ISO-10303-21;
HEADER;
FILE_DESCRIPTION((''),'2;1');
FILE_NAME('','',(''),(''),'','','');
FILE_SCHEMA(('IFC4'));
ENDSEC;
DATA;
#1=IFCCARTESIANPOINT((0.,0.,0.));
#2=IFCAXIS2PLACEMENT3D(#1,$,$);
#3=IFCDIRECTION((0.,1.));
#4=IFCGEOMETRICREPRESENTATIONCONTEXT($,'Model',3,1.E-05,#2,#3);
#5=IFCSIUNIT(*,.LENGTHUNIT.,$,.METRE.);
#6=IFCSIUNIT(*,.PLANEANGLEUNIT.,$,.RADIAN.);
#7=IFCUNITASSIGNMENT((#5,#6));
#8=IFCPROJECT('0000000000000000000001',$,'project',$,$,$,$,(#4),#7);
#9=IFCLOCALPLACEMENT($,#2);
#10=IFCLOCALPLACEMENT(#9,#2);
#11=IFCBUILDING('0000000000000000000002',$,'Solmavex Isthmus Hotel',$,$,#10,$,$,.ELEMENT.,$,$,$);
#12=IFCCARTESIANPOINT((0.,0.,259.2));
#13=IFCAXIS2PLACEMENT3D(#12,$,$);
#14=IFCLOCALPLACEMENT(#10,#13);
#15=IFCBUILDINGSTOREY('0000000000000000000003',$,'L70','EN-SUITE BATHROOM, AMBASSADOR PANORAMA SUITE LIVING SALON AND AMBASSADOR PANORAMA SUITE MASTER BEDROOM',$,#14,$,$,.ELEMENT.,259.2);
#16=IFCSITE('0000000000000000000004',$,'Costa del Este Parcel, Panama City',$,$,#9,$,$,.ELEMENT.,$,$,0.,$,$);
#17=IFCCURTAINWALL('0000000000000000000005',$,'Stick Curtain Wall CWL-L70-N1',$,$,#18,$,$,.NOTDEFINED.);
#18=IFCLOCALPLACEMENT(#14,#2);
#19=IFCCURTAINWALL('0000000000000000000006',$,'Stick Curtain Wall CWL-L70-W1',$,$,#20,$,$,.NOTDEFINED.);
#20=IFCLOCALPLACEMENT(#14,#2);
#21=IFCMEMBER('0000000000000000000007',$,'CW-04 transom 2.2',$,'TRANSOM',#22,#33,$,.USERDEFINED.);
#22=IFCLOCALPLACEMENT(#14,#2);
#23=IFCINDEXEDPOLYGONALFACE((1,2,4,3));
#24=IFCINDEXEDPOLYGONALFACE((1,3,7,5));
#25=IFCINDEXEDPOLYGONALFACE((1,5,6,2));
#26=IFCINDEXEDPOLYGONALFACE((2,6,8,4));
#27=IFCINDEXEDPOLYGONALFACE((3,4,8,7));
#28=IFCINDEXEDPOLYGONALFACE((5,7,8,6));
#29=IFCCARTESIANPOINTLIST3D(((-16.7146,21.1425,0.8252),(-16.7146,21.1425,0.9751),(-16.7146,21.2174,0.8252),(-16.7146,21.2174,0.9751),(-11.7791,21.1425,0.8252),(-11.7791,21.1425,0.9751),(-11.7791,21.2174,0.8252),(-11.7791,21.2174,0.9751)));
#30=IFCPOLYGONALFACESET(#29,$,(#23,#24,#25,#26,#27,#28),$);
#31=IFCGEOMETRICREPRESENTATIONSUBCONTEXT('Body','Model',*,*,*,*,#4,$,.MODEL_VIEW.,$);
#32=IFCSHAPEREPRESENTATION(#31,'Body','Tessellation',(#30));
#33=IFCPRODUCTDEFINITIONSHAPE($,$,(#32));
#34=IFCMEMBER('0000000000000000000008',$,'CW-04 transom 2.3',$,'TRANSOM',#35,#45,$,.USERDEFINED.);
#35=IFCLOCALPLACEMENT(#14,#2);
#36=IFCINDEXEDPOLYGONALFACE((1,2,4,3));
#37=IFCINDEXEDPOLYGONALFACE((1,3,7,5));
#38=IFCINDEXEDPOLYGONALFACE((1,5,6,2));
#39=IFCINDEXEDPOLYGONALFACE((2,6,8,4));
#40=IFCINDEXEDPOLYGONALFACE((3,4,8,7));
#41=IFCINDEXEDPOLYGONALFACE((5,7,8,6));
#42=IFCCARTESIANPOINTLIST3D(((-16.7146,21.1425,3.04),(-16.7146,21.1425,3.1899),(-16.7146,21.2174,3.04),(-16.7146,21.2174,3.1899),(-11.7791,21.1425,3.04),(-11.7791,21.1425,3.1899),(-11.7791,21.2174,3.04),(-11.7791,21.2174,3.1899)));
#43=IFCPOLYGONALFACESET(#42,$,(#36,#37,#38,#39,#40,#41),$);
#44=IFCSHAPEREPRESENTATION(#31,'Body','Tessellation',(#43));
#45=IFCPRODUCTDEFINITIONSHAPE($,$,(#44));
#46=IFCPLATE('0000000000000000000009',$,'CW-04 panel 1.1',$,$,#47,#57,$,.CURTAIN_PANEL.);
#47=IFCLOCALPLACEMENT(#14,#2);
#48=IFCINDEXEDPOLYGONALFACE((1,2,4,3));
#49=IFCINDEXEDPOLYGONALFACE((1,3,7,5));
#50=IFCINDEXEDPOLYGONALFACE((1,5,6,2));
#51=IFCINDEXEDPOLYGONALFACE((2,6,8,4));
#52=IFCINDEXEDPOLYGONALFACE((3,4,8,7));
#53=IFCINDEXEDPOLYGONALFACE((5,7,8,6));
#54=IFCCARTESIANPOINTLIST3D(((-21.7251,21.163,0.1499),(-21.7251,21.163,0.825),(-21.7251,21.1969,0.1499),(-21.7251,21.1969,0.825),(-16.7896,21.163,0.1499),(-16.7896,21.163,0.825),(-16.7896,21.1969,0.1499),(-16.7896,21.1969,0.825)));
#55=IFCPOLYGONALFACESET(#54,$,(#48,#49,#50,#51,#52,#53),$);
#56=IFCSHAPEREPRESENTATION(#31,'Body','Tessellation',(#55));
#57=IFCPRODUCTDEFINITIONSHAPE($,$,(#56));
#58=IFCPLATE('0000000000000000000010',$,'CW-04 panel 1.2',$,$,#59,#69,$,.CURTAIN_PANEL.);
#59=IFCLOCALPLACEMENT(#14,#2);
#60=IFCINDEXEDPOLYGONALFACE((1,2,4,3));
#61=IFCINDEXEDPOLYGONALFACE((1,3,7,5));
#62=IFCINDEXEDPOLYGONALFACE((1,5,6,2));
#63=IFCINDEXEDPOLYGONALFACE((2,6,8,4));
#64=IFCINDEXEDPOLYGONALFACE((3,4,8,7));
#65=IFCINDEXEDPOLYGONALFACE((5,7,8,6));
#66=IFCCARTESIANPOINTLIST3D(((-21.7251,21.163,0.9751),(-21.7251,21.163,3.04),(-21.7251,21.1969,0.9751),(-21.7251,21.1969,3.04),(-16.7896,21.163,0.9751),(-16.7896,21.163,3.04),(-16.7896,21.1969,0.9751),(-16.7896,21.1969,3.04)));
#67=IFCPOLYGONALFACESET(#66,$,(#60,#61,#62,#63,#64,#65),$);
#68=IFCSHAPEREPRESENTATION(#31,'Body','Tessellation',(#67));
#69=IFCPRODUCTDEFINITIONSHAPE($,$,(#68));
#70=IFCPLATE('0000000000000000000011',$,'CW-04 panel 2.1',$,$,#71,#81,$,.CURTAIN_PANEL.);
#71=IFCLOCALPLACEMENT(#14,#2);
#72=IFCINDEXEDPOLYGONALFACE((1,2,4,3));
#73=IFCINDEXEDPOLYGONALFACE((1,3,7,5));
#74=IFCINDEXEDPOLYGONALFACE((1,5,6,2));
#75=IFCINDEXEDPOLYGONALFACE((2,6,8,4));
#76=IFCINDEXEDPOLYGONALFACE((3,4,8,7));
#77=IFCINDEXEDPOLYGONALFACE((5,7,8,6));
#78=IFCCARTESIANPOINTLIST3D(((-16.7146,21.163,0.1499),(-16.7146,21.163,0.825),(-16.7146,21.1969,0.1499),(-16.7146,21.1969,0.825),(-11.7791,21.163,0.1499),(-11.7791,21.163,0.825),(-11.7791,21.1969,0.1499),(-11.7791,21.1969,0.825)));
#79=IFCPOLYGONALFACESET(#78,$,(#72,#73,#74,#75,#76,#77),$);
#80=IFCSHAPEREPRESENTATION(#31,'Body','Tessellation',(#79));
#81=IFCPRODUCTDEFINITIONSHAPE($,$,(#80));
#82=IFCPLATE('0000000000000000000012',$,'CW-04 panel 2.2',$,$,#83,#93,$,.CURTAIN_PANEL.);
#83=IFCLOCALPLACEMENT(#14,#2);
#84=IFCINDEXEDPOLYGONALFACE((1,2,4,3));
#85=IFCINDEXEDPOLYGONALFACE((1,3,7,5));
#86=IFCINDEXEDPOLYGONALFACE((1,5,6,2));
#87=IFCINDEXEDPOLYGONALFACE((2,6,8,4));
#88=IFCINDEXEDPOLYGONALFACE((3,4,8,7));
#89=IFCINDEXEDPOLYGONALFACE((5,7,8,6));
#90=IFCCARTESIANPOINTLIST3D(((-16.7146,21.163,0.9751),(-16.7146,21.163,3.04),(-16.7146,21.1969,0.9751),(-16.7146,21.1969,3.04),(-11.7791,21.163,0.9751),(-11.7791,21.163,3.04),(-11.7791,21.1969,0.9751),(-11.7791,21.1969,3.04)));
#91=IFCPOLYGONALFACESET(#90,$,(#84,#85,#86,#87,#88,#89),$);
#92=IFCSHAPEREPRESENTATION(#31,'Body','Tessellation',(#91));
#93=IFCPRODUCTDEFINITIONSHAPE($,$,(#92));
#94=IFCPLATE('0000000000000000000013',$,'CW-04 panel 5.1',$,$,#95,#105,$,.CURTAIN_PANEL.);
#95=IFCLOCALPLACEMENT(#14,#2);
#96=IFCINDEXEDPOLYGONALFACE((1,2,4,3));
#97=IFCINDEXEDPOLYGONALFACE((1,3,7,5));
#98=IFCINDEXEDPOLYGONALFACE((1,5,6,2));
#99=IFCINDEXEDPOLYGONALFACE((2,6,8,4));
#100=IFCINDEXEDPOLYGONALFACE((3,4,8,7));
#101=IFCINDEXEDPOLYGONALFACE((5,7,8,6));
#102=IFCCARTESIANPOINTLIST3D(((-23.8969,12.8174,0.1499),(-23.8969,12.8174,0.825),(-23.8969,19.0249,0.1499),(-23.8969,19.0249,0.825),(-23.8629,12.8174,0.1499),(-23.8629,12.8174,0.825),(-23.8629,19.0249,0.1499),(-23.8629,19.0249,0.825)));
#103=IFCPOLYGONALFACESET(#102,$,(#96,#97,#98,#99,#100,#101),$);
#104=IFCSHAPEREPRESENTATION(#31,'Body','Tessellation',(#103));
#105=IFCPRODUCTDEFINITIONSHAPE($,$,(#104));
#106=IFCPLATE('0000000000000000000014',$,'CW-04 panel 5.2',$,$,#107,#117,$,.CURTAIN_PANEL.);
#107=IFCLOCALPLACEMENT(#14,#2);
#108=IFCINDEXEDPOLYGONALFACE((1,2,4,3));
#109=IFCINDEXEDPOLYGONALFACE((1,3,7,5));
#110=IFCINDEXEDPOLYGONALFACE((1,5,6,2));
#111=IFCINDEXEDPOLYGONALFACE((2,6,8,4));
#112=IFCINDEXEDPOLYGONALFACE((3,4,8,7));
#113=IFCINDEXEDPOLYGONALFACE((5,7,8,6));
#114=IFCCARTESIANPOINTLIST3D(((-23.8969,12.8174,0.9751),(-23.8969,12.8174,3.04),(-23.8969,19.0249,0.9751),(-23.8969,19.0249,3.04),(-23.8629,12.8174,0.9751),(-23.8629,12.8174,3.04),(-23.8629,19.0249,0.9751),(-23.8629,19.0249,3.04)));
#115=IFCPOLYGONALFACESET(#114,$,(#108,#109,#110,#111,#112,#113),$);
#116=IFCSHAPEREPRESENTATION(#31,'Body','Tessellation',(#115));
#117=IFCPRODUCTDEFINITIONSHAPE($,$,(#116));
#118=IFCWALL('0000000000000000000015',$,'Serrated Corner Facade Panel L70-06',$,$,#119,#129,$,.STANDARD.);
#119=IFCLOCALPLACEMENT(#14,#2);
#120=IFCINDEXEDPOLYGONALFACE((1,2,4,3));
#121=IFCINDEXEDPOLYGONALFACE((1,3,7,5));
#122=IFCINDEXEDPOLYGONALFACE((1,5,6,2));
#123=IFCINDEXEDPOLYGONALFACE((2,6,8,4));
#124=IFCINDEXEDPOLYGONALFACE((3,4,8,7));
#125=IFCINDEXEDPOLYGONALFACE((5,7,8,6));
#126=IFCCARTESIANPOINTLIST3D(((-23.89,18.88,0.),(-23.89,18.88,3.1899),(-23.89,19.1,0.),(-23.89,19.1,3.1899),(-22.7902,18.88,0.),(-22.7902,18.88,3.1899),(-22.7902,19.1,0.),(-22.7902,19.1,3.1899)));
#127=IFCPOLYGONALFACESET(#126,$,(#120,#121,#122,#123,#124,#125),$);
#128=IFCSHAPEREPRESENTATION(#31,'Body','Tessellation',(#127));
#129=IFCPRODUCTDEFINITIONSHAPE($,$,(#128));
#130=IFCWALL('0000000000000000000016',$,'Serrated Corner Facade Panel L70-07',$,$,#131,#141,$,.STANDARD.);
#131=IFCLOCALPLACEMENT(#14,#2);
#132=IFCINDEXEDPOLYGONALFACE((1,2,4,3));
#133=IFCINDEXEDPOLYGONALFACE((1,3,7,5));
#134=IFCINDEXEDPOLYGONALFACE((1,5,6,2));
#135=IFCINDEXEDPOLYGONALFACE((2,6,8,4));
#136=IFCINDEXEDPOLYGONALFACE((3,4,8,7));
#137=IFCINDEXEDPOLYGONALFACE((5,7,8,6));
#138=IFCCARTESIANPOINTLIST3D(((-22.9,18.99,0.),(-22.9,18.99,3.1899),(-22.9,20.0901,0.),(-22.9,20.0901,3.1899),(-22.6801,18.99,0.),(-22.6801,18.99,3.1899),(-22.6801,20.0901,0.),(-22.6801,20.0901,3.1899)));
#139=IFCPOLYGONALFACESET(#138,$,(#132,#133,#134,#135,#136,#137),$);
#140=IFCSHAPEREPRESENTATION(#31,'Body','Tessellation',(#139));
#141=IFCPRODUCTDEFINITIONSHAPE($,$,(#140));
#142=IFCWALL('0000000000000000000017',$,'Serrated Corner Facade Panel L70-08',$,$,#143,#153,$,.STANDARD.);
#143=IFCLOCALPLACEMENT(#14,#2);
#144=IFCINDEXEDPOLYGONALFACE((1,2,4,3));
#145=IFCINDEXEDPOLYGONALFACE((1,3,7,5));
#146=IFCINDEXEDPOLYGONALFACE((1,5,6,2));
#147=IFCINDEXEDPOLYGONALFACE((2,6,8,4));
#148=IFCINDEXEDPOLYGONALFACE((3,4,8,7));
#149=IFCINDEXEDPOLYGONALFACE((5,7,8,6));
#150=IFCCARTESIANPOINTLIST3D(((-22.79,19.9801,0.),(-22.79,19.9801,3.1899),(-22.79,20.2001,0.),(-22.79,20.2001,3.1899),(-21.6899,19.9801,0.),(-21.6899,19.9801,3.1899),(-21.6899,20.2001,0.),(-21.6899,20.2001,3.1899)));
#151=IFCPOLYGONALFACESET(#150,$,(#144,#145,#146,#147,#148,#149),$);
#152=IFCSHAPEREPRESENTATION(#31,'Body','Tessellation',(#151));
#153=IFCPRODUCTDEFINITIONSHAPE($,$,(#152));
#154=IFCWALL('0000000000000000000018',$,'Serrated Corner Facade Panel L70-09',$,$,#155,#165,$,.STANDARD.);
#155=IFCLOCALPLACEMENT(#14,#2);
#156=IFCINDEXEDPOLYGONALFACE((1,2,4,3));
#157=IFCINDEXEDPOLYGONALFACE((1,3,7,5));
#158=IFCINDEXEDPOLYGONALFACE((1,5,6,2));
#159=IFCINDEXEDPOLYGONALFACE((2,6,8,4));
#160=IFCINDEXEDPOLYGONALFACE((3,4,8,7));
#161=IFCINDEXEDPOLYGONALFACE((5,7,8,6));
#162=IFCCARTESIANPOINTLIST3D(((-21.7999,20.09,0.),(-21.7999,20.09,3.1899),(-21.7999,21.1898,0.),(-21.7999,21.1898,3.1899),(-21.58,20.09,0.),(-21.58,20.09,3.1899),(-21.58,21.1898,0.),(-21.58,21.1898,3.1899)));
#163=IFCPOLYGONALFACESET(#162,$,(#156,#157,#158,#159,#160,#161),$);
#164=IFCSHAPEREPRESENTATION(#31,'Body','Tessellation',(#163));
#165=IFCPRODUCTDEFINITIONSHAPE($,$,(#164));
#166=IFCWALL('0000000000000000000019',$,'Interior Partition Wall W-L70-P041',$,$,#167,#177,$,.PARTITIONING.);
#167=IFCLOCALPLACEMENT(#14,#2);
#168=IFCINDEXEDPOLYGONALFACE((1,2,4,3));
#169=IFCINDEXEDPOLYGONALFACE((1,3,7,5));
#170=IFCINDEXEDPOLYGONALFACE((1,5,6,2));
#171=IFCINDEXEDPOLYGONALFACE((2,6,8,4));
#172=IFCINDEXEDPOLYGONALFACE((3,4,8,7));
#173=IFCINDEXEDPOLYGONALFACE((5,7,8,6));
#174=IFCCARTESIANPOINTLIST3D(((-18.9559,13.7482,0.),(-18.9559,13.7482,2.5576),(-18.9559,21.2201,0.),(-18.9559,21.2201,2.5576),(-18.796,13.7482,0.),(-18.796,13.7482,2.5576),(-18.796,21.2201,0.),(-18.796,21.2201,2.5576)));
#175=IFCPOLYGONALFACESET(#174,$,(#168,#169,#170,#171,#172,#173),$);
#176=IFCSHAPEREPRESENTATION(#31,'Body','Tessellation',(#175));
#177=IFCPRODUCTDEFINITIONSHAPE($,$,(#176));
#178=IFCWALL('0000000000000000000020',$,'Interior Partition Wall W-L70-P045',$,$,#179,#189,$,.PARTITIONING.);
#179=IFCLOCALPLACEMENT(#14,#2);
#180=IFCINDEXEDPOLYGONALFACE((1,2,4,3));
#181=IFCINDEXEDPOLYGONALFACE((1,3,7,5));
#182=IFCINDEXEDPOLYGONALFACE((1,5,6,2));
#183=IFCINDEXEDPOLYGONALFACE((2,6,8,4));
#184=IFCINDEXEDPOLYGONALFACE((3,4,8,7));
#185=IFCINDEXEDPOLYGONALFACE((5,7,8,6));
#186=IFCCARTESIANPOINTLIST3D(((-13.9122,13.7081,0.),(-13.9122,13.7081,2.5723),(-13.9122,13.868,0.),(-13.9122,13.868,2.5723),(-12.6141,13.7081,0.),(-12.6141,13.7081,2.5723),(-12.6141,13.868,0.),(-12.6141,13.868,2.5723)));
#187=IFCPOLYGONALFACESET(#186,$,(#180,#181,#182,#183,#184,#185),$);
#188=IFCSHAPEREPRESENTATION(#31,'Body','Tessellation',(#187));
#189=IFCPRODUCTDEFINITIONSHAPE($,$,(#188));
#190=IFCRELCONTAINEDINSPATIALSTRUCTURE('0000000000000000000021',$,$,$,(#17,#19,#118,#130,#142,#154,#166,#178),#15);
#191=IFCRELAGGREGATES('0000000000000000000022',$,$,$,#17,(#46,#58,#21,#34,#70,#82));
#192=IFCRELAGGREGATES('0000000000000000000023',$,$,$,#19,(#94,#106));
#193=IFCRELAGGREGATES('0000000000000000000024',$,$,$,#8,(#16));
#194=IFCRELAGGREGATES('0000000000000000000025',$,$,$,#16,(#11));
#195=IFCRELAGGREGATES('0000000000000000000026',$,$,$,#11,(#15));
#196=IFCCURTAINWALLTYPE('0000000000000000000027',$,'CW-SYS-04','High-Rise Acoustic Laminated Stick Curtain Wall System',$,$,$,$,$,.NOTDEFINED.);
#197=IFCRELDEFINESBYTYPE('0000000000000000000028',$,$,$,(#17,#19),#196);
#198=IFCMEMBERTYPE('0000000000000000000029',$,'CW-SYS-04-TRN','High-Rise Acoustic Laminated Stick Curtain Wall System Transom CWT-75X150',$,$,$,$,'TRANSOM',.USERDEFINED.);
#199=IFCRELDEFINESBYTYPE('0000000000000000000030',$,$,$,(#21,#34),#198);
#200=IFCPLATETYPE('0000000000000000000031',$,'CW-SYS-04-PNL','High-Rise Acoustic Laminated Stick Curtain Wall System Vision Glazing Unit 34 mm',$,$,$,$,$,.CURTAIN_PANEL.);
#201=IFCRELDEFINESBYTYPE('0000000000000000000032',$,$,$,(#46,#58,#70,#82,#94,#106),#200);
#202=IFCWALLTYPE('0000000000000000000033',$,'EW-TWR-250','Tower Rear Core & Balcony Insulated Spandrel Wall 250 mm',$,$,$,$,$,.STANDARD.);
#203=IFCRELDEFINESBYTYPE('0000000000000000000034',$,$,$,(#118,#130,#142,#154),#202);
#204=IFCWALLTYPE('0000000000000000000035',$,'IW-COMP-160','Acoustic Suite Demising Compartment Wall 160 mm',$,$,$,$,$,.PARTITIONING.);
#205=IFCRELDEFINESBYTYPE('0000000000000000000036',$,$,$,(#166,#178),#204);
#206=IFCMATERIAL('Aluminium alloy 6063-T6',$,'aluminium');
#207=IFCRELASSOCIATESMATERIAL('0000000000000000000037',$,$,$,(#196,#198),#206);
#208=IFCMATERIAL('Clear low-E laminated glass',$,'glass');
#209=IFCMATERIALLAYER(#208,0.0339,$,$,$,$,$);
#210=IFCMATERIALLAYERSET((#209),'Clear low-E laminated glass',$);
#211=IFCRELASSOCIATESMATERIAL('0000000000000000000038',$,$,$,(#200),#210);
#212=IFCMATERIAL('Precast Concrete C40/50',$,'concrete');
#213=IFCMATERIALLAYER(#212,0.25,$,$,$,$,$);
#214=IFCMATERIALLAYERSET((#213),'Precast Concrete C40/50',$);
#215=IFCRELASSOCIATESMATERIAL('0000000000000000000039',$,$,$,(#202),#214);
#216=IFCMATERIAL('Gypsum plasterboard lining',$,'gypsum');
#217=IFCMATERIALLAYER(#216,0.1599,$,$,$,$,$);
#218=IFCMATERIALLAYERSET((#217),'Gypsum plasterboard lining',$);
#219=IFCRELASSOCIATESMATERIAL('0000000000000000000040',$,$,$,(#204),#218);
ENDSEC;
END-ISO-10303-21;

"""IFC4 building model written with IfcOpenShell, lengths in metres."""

from ifc_helpers import new_model, si_unit, direction, frame, frame_2d, origin, origin_2d, place, context, subcontext, project, spatial, rectangle, extrude, material, layer, layer_set, material_profile, profile_set, type_object, element, aggregate, save


model = new_model("IFC4")

# Units and contexts
model_context = context("Model", 3, precision=1e-05, world=origin(), true_north=direction((0.0, 1.0)))
body_context = subcontext(model_context, "Body", "Model", "MODEL_VIEW")
ifc_project = project(units=[si_unit("LENGTHUNIT", "METRE"), si_unit("PLANEANGLEUNIT", "RADIAN")], contexts=[model_context])

# Site, building, storey
site_placement = place(None, origin())
site = spatial("IfcSite", under=ifc_project, at=site_placement, Name="Costa del Este Parcel, Panama City", CompositionType="ELEMENT", RefElevation=0.0)
building_placement = place(site_placement, origin())
building = spatial("IfcBuilding", under=site, at=building_placement, Name="Solmavex Isthmus Hotel", CompositionType="ELEMENT")
storey_placement = place(building_placement, frame((0.0, 0.0, 259.2)))
storey = spatial("IfcBuildingStorey", under=building, at=storey_placement, Name="L70", Description="EN-SUITE BATHROOM, AMBASSADOR PANORAMA SUITE LIVING SALON AND AMBASSADOR PANORAMA SUITE MASTER BEDROOM", CompositionType="ELEMENT", Elevation=259.2)

# Curtain wall
ifc_material_1 = material(Name="Aluminium alloy 6063-T6", Category="aluminium")
curtain_wall_type = type_object("IfcCurtainWallType", Name="CW-SYS-04", Description="High-Rise Acoustic Laminated Stick Curtain Wall System", PredefinedType="NOTDEFINED", material=ifc_material_1)
curtain_wall_1_placement = place(storey_placement, origin())
curtain_wall_1 = element("IfcCurtainWall", 1, at=curtain_wall_1_placement, inside=storey, type_object=curtain_wall_type, Name="Stick Curtain Wall CWL-L70-N1", PredefinedType="NOTDEFINED")

# Curtain wall
curtain_wall_2_placement = place(storey_placement, origin())
curtain_wall_2 = element("IfcCurtainWall", 2, at=curtain_wall_2_placement, inside=storey, type_object=curtain_wall_type, Name="Stick Curtain Wall CWL-L70-W1", PredefinedType="NOTDEFINED")

# Members
ifc_material_profile_1 = material_profile(ifc_material_1, rectangle(XDim=0.075, YDim=0.1499, at=origin_2d()), Name="CWT-75X150")
ifc_profile_set_1 = profile_set([ifc_material_profile_1], Name="Aluminium alloy 6063-T6")
member_type_1 = type_object("IfcMemberType", Name="CW-SYS-04-TRN", Description="High-Rise Acoustic Laminated Stick Curtain Wall System Transom CWT-75X150", ElementType="TRANSOM", PredefinedType="USERDEFINED", material=ifc_profile_set_1)
member_1_placement = place(storey_placement, frame((-16.7146, 21.1799, 0.9001), z_axis=(1.0, 0.0, 0.0), x_axis=(0.0, 1.0, 0.0)))
member_1 = element("IfcMember", 3, at=member_1_placement, type_object=member_type_1, Name="CW-04 transom 2.2", ObjectType="TRANSOM", PredefinedType="USERDEFINED", context=body_context, shape_type="SweptSolid", body=[
    extrude(rectangle(XDim=0.075, YDim=0.1499, at=origin_2d()), origin(), (0.0, 0.0, 1.0), 4.9355),
])
member_2_placement = place(storey_placement, frame((-16.7146, 21.1799, 3.115), z_axis=(1.0, 0.0, 0.0), x_axis=(0.0, 1.0, 0.0)))
member_2 = element("IfcMember", 4, at=member_2_placement, type_object=member_type_1, Name="CW-04 transom 2.3", ObjectType="TRANSOM", PredefinedType="USERDEFINED", context=body_context, shape_type="SweptSolid", body=[
    extrude(rectangle(XDim=0.075, YDim=0.1499, at=origin_2d()), origin(), (0.0, 0.0, 1.0), 4.9355),
])

# Plates
ifc_material_2 = material(Name="Clear low-E laminated glass", Category="glass")
ifc_layer_1 = layer(ifc_material_2, 0.0339)
ifc_layer_set_1 = layer_set([ifc_layer_1], Name="Clear low-E laminated glass")
plate_type = type_object("IfcPlateType", Name="CW-SYS-04-PNL", Description="High-Rise Acoustic Laminated Stick Curtain Wall System Vision Glazing Unit 34 mm", PredefinedType="CURTAIN_PANEL", material=ifc_layer_set_1)
plate_1_placement = place(storey_placement, frame((-19.2573, 21.1799, 0.1499), z_axis=(0.0, 0.0, 1.0), x_axis=(1.0, 0.0, 0.0)))
plate_1 = element("IfcPlate", 5, at=plate_1_placement, type_object=plate_type, Name="CW-04 panel 1.1", PredefinedType="CURTAIN_PANEL", context=body_context, shape_type="SweptSolid", body=[
    extrude(rectangle(XDim=4.9355, YDim=0.0339, at=origin_2d()), origin(), (0.0, 0.0, 1.0), 0.675),
])
plate_2_placement = place(storey_placement, frame((-19.2573, 21.1799, 0.9751), z_axis=(0.0, 0.0, 1.0), x_axis=(1.0, 0.0, 0.0)))
plate_2 = element("IfcPlate", 6, at=plate_2_placement, type_object=plate_type, Name="CW-04 panel 1.2", PredefinedType="CURTAIN_PANEL", context=body_context, shape_type="SweptSolid", body=[
    extrude(rectangle(XDim=4.9355, YDim=0.0339, at=origin_2d()), origin(), (0.0, 0.0, 1.0), 2.0649),
])
plate_3_placement = place(storey_placement, frame((-14.2468, 21.1799, 0.1499), z_axis=(0.0, 0.0, 1.0), x_axis=(1.0, 0.0, 0.0)))
plate_3 = element("IfcPlate", 7, at=plate_3_placement, type_object=plate_type, Name="CW-04 panel 2.1", PredefinedType="CURTAIN_PANEL", context=body_context, shape_type="SweptSolid", body=[
    extrude(rectangle(XDim=4.9355, YDim=0.0339, at=origin_2d()), origin(), (0.0, 0.0, 1.0), 0.675),
])
plate_4_placement = place(storey_placement, frame((-14.2468, 21.1799, 0.9751), z_axis=(0.0, 0.0, 1.0), x_axis=(1.0, 0.0, 0.0)))
plate_4 = element("IfcPlate", 8, at=plate_4_placement, type_object=plate_type, Name="CW-04 panel 2.2", PredefinedType="CURTAIN_PANEL", context=body_context, shape_type="SweptSolid", body=[
    extrude(rectangle(XDim=4.9355, YDim=0.0339, at=origin_2d()), origin(), (0.0, 0.0, 1.0), 2.0649),
])
aggregate(curtain_wall_1, [plate_1, plate_2, member_1, member_2, plate_3, plate_4])
plate_5_placement = place(storey_placement, frame((-23.8799, 15.9211, 0.1499), z_axis=(0.0, 0.0, 1.0), x_axis=(0.0, 1.0, 0.0)))
plate_5 = element("IfcPlate", 9, at=plate_5_placement, type_object=plate_type, Name="CW-04 panel 5.1", PredefinedType="CURTAIN_PANEL", context=body_context, shape_type="SweptSolid", body=[
    extrude(rectangle(XDim=6.2075, YDim=0.0339, at=origin_2d()), origin(), (0.0, 0.0, 1.0), 0.675),
])
plate_6_placement = place(storey_placement, frame((-23.8799, 15.9211, 0.9751), z_axis=(0.0, 0.0, 1.0), x_axis=(0.0, 1.0, 0.0)))
plate_6 = element("IfcPlate", 10, at=plate_6_placement, type_object=plate_type, Name="CW-04 panel 5.2", PredefinedType="CURTAIN_PANEL", context=body_context, shape_type="SweptSolid", body=[
    extrude(rectangle(XDim=6.2075, YDim=0.0339, at=origin_2d()), origin(), (0.0, 0.0, 1.0), 2.0649),
])
aggregate(curtain_wall_2, [plate_5, plate_6])

# Walls
ifc_material_3 = material(Name="Precast Concrete C40/50", Category="concrete")
ifc_layer_2 = layer(ifc_material_3, 0.25)
ifc_layer_set_2 = layer_set([ifc_layer_2], Name="Precast Concrete C40/50")
wall_type_1 = type_object("IfcWallType", Name="EW-TWR-250", Description="Tower Rear Core & Balcony Insulated Spandrel Wall 250 mm", PredefinedType="STANDARD", material=ifc_layer_set_2)
wall_1_placement = place(storey_placement, frame((-23.8899, 18.99, 0.0), z_axis=(0.0, 0.0, 1.0), x_axis=(1.0, 0.0, 0.0)))
element("IfcWall", 11, at=wall_1_placement, inside=storey, type_object=wall_type_1, Name="Serrated Corner Facade Panel L70-06", PredefinedType="STANDARD", context=body_context, shape_type="SweptSolid", body=[
    extrude(rectangle(XDim=1.0999, YDim=0.22, at=frame_2d((0.5498, 0.0))), origin(), (0.0, 0.0, 1.0), 3.1899),
])
for number, where, z_axis, x_axis, name in (
    (12, (-22.79, 18.99, 0.0), (0.0, 0.0, 1.0), (0.0, 1.0, 0.0), "Serrated Corner Facade Panel L70-07"),
    (13, (-22.79, 20.0901, 0.0), (0.0, 0.0, 1.0), (1.0, 0.0, 0.0), "Serrated Corner Facade Panel L70-08"),
):
    element("IfcWall", number, at=place(storey_placement, frame(where, z_axis=z_axis, x_axis=x_axis)), inside=storey, type_object=wall_type_1, Name=name, PredefinedType="STANDARD", context=body_context, shape_type="SweptSolid", body=[
        extrude(rectangle(XDim=1.1001, YDim=0.22, at=frame_2d((0.55, 0.0))), origin(), (0.0, 0.0, 1.0), 3.1899),
    ])
wall_2_placement = place(storey_placement, frame((-21.6899, 20.0901, 0.0), z_axis=(0.0, 0.0, 1.0), x_axis=(0.0, 1.0, 0.0)))
element("IfcWall", 14, at=wall_2_placement, inside=storey, type_object=wall_type_1, Name="Serrated Corner Facade Panel L70-09", PredefinedType="STANDARD", context=body_context, shape_type="SweptSolid", body=[
    extrude(rectangle(XDim=1.0999, YDim=0.22, at=frame_2d((0.5498, 0.0))), origin(), (0.0, 0.0, 1.0), 3.1899),
])
ifc_material_4 = material(Name="Gypsum plasterboard lining", Category="gypsum")
ifc_layer_3 = layer(ifc_material_4, 0.1599)
ifc_layer_set_3 = layer_set([ifc_layer_3], Name="Gypsum plasterboard lining")
wall_type_2 = type_object("IfcWallType", Name="IW-COMP-160", Description="Acoustic Suite Demising Compartment Wall 160 mm", PredefinedType="PARTITIONING", material=ifc_layer_set_3)
wall_3_placement = place(storey_placement, frame((-18.876, 21.22, 0.0), z_axis=(0.0, 0.0, 1.0), x_axis=(0.0, -1.0, 0.0)))
element("IfcWall", 15, at=wall_3_placement, inside=storey, type_object=wall_type_2, Name="Interior Partition Wall W-L70-P041", PredefinedType="PARTITIONING", context=body_context, shape_type="SweptSolid", body=[
    extrude(rectangle(XDim=7.4719, YDim=0.1599, at=frame_2d((3.7358, 0.0))), origin(), (0.0, 0.0, 1.0), 2.5576),
])
wall_4_placement = place(storey_placement, frame((-13.9121, 13.7881, 0.0), z_axis=(0.0, 0.0, 1.0), x_axis=(1.0, 0.0, 0.0)))
element("IfcWall", 16, at=wall_4_placement, inside=storey, type_object=wall_type_2, Name="Interior Partition Wall W-L70-P045", PredefinedType="PARTITIONING", context=body_context, shape_type="SweptSolid", body=[
    extrude(rectangle(XDim=1.2981, YDim=0.1599, at=frame_2d((0.6489, 0.0))), origin(), (0.0, 0.0, 1.0), 2.5723),
])

save(model, "model.ifc")
